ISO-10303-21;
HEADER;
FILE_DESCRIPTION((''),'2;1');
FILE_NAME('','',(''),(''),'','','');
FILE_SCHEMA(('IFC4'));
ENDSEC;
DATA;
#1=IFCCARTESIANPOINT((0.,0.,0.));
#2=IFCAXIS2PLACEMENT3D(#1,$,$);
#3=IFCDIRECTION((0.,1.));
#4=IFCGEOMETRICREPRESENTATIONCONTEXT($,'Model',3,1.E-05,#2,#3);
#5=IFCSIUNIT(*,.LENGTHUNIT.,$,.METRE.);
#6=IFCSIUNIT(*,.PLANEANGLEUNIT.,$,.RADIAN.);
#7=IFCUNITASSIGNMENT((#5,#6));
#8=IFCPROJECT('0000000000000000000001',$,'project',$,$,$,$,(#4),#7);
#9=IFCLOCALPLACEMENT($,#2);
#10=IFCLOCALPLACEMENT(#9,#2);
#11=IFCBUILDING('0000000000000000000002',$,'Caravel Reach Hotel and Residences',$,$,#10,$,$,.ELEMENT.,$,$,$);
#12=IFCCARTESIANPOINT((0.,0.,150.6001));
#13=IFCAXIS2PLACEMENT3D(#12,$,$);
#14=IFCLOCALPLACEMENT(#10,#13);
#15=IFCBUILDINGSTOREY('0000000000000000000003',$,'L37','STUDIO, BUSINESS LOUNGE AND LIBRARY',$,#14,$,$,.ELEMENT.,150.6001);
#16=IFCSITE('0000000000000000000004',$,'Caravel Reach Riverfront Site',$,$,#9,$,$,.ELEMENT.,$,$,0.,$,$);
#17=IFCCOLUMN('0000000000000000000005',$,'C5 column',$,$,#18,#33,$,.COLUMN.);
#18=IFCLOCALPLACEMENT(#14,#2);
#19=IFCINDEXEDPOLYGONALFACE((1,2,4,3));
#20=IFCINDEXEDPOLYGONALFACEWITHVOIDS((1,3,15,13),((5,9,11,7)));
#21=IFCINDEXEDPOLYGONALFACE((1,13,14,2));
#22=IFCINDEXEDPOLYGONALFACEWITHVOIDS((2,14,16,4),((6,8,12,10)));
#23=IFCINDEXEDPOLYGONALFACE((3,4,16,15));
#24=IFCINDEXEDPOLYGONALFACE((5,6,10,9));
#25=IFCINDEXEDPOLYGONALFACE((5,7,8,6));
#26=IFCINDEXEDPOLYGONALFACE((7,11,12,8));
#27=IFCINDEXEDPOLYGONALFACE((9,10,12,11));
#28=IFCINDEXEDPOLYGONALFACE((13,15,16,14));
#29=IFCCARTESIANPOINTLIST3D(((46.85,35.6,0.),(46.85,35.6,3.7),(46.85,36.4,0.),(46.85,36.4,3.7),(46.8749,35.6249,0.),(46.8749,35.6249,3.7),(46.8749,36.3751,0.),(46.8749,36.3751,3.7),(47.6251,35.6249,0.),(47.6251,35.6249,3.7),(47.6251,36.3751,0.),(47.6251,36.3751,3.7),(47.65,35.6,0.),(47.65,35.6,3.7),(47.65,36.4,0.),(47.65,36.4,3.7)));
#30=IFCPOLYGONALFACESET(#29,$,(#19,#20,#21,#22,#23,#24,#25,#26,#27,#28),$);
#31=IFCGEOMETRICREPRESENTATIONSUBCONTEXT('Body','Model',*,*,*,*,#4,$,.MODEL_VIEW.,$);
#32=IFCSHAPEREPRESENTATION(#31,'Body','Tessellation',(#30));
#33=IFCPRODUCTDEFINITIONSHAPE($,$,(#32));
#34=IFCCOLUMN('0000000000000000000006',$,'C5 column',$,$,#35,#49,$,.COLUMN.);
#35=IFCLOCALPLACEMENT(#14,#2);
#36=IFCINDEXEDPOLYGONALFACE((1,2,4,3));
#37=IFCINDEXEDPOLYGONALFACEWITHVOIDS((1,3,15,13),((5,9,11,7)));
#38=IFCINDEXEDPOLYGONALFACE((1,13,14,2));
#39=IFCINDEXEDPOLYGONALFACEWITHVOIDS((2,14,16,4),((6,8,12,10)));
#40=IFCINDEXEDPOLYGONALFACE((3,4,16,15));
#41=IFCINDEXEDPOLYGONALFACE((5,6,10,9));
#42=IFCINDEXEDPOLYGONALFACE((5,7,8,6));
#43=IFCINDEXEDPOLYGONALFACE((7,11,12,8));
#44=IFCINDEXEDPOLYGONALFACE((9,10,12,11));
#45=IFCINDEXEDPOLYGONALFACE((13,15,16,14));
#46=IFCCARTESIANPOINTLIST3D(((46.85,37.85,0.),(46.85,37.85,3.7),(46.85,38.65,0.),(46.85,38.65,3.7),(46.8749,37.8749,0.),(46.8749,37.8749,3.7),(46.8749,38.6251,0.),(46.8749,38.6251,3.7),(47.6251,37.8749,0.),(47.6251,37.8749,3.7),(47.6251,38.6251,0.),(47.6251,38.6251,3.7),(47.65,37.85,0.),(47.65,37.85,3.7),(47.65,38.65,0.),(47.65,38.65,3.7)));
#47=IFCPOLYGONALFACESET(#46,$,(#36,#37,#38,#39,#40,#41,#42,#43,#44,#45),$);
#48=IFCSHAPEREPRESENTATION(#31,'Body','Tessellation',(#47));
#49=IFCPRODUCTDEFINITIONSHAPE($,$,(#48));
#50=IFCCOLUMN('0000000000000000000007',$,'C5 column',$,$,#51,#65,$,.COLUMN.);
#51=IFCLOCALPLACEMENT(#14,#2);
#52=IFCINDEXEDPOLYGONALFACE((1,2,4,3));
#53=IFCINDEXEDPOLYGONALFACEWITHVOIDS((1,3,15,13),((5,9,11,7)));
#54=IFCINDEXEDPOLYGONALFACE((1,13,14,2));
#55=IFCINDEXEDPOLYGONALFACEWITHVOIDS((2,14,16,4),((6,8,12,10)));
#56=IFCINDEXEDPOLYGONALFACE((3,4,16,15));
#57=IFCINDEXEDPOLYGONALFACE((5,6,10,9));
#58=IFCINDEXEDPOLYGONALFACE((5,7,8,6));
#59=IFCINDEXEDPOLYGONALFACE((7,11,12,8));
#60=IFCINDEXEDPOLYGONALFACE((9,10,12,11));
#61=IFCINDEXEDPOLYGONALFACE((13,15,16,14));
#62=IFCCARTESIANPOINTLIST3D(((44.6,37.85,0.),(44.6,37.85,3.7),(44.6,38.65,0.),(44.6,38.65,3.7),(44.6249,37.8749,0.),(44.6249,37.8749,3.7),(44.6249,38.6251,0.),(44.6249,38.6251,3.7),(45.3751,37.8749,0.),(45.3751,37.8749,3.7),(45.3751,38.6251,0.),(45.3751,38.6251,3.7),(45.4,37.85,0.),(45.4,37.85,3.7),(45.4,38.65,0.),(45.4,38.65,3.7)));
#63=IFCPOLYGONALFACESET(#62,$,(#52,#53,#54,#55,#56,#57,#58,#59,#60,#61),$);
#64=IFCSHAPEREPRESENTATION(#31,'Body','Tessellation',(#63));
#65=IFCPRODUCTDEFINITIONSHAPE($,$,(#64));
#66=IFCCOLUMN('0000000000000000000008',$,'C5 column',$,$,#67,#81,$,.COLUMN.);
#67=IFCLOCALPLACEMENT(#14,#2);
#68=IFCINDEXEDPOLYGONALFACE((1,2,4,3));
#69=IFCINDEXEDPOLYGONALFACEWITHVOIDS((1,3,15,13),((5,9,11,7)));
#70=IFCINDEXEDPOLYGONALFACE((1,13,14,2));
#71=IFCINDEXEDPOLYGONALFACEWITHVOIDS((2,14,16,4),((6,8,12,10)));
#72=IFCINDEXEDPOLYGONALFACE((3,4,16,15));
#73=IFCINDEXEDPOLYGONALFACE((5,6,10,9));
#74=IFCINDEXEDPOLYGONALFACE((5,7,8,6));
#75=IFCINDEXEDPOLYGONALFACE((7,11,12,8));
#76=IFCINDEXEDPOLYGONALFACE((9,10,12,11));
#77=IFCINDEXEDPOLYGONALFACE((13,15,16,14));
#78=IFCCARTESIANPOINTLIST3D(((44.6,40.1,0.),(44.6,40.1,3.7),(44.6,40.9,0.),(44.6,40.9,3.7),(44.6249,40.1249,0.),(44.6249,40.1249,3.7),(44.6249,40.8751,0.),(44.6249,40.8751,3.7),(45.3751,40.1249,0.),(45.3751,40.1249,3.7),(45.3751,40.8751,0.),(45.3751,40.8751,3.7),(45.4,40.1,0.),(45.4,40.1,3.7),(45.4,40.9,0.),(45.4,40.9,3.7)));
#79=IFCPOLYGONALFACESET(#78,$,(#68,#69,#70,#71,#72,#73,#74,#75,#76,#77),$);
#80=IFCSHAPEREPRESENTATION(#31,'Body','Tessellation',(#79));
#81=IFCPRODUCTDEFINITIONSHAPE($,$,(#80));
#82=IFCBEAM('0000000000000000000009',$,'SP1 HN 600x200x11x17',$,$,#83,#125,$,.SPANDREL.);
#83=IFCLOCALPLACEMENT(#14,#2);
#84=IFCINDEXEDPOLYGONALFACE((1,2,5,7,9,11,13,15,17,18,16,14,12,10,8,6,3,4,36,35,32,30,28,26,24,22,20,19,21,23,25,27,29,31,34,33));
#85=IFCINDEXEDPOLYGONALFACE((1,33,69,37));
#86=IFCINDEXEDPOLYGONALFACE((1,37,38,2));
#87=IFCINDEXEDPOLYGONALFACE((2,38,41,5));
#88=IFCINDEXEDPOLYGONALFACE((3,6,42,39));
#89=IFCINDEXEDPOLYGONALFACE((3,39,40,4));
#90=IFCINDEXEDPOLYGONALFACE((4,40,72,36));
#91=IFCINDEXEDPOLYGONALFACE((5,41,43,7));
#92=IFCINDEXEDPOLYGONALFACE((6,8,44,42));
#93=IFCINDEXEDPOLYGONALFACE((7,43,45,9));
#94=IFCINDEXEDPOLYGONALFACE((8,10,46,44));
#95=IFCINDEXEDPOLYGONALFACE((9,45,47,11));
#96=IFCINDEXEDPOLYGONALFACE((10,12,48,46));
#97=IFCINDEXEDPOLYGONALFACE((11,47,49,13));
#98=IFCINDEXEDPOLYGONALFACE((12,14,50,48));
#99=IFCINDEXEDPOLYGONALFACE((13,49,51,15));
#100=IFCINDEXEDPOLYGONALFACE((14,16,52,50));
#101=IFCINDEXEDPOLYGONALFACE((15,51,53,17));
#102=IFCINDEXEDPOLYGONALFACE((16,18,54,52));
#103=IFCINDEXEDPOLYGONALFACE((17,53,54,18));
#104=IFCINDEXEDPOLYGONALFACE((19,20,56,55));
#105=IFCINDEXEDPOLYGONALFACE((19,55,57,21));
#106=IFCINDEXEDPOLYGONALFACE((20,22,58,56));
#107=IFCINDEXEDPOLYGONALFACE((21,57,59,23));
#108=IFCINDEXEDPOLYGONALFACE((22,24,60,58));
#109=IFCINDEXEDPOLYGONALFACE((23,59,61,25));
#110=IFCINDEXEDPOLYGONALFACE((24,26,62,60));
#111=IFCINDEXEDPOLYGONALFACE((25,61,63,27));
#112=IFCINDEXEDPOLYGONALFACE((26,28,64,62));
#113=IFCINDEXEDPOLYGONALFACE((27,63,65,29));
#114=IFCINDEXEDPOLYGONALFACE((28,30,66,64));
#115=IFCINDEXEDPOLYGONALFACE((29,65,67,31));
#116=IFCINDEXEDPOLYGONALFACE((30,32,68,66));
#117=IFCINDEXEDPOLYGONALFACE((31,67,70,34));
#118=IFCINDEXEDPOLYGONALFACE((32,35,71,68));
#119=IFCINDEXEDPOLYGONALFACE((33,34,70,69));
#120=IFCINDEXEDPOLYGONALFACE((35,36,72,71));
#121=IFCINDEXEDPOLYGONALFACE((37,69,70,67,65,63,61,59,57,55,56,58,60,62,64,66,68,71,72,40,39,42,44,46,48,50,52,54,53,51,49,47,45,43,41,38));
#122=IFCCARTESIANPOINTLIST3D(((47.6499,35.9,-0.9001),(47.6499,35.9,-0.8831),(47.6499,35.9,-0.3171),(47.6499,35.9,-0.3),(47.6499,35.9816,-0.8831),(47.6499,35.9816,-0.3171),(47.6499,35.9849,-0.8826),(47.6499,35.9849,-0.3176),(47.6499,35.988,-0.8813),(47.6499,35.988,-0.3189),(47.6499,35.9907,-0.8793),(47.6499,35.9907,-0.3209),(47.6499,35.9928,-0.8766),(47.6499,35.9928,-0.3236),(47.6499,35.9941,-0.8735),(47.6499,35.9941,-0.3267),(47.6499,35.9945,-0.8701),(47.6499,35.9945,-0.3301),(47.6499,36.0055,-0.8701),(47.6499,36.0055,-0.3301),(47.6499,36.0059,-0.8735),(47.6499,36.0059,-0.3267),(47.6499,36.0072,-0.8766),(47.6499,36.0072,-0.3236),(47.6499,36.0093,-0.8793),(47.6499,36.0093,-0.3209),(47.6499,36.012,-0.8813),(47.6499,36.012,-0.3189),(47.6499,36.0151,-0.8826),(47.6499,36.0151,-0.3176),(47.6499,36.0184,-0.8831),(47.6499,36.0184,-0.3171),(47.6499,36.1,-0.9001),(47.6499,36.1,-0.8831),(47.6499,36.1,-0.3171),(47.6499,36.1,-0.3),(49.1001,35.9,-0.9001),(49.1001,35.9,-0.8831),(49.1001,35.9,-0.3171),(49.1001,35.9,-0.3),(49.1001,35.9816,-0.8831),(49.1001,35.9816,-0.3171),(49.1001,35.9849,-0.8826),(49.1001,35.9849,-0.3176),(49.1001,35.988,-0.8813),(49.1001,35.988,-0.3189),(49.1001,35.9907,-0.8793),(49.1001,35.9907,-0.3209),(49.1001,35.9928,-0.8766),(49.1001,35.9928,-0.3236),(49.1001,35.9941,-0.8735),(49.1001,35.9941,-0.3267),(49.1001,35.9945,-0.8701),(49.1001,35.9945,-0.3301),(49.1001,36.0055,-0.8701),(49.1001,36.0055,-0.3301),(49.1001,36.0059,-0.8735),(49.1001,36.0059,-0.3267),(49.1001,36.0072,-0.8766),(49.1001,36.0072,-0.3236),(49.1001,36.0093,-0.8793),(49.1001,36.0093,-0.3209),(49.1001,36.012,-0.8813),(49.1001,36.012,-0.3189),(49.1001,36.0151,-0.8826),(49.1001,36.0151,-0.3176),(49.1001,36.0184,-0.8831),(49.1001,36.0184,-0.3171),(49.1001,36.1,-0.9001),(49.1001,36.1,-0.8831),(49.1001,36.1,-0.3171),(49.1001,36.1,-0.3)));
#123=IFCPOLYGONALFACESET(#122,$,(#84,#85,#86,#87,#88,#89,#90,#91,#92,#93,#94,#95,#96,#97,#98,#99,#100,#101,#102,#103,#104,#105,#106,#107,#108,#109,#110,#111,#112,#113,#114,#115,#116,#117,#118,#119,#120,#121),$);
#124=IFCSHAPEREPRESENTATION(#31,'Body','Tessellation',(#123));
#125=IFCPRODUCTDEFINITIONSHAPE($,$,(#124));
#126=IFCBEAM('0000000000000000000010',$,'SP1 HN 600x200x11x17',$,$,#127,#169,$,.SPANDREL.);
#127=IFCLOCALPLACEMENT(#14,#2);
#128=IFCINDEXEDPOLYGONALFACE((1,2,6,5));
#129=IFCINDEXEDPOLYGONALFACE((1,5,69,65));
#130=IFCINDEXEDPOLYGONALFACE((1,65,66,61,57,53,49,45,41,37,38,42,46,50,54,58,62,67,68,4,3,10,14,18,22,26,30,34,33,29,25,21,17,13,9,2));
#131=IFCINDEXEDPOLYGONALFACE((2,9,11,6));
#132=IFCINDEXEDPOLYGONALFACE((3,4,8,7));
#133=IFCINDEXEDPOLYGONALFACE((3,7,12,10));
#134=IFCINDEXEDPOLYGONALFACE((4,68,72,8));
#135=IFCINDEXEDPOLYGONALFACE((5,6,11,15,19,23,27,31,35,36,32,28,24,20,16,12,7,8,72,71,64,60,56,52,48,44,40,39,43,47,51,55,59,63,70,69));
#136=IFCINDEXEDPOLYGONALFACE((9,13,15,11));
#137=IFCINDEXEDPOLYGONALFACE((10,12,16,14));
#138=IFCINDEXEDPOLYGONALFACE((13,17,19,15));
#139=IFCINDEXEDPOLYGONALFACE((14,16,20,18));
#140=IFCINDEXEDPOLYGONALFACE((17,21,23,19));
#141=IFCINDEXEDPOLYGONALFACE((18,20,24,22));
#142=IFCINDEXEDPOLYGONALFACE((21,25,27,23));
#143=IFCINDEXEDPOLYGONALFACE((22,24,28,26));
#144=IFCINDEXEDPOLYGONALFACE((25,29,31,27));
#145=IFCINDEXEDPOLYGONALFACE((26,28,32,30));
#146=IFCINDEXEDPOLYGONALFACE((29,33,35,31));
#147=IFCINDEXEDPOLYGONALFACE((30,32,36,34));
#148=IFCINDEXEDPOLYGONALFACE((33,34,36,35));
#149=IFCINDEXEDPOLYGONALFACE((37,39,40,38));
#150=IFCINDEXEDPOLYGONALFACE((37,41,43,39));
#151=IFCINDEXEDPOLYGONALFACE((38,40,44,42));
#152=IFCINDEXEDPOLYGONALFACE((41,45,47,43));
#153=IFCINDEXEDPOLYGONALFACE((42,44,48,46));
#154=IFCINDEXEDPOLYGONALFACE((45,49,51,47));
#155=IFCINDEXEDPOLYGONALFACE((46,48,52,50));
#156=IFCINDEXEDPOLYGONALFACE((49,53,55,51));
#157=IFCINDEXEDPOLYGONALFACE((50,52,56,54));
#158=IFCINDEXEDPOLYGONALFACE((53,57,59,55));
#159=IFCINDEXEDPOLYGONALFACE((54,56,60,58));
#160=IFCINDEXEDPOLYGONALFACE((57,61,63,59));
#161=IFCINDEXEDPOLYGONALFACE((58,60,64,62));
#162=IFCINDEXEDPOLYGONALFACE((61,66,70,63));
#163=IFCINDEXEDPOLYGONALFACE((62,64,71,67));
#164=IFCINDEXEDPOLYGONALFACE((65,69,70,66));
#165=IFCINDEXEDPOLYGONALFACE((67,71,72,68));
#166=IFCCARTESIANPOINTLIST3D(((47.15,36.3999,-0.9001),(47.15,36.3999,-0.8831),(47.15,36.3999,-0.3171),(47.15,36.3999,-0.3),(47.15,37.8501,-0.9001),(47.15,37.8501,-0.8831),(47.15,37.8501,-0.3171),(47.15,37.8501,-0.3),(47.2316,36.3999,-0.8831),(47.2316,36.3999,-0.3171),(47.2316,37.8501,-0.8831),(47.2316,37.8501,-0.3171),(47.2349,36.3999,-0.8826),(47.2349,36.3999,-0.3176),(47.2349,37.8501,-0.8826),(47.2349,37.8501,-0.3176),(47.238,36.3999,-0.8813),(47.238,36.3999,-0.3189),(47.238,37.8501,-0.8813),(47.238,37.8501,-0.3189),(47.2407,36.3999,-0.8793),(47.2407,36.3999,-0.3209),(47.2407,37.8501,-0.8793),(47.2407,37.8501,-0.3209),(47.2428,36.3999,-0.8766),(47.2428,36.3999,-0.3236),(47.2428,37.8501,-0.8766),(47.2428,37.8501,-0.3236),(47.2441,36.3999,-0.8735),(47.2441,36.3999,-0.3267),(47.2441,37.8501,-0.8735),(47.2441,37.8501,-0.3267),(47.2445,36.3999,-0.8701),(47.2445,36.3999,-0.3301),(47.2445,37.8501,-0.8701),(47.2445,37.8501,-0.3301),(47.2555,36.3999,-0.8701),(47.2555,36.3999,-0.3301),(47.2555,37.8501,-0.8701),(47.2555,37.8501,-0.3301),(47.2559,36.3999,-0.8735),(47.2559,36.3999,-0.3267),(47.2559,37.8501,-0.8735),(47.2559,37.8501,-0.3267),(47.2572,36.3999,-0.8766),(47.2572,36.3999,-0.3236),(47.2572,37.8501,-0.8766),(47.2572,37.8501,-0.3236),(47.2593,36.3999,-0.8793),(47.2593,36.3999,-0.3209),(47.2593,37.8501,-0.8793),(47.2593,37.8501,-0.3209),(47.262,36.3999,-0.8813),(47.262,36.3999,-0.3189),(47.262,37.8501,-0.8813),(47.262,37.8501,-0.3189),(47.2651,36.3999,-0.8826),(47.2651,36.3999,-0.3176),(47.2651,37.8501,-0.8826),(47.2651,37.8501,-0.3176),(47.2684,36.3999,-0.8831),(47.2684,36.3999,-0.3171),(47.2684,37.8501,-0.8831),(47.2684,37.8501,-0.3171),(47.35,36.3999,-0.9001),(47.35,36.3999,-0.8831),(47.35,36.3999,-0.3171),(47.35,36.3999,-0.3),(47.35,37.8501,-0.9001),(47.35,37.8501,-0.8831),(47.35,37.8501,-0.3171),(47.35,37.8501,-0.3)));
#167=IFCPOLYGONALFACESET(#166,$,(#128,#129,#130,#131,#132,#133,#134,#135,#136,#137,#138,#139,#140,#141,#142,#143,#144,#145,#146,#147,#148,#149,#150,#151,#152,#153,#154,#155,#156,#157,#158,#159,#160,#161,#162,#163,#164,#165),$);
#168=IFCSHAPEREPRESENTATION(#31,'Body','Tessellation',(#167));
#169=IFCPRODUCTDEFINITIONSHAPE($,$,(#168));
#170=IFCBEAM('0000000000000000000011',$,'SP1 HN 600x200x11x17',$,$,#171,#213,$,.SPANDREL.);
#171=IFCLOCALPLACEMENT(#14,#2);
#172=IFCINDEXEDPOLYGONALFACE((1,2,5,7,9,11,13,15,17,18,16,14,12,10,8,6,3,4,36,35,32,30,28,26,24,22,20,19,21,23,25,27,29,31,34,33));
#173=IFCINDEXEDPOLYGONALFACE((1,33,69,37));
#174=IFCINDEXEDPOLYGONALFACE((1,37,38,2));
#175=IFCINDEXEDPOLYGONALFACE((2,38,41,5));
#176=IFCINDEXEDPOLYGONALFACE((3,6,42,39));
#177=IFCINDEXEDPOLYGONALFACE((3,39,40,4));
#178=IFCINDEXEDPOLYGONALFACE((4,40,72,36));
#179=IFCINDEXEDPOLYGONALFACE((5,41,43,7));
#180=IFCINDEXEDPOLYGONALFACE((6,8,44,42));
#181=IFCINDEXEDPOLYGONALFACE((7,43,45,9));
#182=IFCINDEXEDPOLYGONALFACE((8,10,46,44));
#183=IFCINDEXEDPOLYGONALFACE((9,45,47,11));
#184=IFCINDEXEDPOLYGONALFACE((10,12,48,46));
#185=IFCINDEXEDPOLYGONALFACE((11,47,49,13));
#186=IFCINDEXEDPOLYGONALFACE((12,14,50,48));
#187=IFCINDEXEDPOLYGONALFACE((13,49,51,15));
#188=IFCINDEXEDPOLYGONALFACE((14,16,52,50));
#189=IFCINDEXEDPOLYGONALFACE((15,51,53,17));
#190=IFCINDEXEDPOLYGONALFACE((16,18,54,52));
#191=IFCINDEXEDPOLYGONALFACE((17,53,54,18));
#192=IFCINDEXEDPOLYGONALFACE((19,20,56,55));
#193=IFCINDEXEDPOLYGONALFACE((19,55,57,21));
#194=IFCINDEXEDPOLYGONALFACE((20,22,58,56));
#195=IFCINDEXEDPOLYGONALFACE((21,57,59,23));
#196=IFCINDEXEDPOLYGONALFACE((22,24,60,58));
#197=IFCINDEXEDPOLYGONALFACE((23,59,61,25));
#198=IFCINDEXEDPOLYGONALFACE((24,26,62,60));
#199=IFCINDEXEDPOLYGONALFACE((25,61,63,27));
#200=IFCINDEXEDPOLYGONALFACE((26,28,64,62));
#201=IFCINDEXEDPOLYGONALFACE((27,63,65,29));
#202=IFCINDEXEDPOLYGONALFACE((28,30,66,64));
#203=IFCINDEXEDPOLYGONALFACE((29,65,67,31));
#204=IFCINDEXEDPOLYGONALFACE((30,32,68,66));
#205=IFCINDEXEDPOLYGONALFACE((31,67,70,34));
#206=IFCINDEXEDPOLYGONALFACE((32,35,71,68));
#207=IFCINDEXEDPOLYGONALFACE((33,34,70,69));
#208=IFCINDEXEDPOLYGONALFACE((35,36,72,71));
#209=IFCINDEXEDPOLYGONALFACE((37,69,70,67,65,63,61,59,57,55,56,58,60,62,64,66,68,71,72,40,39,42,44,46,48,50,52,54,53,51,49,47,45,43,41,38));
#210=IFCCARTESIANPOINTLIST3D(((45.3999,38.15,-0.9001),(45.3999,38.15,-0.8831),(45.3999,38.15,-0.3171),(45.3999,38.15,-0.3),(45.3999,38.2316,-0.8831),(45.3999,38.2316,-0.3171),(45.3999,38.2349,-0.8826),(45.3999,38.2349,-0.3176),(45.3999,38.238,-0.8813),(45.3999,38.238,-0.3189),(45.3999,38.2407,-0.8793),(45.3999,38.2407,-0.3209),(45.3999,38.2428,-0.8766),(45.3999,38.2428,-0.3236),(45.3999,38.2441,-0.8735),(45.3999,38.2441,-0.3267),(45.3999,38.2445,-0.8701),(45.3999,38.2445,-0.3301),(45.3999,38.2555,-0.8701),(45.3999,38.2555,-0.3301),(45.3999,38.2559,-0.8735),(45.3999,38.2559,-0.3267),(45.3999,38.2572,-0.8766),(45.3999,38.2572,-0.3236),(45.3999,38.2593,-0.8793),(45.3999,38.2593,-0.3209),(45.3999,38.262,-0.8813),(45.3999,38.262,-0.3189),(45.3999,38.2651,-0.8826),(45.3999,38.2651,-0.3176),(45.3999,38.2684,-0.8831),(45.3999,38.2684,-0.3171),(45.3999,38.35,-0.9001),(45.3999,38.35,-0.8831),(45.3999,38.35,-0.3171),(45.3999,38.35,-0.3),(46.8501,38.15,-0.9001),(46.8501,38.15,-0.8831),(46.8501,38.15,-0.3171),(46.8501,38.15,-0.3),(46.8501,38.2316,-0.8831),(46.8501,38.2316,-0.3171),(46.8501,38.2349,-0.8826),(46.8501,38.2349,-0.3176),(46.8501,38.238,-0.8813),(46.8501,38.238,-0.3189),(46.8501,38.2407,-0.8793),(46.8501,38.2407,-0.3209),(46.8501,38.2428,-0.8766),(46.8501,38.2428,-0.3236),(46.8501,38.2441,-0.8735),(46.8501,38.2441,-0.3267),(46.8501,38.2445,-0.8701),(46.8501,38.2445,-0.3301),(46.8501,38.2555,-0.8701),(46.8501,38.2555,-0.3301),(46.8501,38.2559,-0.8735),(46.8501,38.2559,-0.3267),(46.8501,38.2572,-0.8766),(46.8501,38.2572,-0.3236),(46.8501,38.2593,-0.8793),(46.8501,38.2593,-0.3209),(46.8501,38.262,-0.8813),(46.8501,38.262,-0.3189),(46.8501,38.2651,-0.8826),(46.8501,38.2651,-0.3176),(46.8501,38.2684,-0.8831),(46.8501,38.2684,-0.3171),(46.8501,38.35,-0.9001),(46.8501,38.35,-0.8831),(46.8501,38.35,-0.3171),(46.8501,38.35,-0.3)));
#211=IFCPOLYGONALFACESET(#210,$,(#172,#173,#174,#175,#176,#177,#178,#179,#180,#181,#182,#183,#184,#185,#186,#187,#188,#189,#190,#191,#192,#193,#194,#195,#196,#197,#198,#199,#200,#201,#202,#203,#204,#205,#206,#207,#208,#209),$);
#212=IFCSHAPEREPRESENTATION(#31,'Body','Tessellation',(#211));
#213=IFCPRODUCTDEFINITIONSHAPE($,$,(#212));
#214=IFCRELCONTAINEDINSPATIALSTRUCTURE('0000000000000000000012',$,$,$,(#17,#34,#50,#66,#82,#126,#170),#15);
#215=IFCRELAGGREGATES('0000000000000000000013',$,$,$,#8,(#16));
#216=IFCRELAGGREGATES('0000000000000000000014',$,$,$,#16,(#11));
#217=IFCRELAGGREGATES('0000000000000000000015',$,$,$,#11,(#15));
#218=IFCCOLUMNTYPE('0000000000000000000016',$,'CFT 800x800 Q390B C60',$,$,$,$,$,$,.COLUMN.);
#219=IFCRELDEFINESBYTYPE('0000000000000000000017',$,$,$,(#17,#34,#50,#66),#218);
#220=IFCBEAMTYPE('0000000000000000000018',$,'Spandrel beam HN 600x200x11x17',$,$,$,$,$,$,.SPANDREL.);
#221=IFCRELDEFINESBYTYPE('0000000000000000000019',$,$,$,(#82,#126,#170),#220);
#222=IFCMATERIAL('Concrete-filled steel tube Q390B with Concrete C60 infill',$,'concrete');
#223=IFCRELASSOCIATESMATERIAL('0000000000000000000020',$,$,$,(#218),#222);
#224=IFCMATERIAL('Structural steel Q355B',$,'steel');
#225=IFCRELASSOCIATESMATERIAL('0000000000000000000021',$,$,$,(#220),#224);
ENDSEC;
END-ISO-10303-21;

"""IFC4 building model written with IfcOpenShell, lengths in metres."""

from ifc_helpers import new_model, si_unit, direction, frame, origin, origin_2d, place, context, subcontext, project, spatial, hollow_rectangle, i_section, extrude, material, material_profile, profile_set, type_object, element, save


model = new_model("IFC4")

# Units and contexts
model_context = context("Model", 3, precision=1e-05, world=origin(), true_north=direction((0.0, 1.0)))
body_context = subcontext(model_context, "Body", "Model", "MODEL_VIEW")
ifc_project = project(units=[si_unit("LENGTHUNIT", "METRE"), si_unit("PLANEANGLEUNIT", "RADIAN")], contexts=[model_context])

# Site, building, storey
site_placement = place(None, origin())
site = spatial("IfcSite", under=ifc_project, at=site_placement, Name="Caravel Reach Riverfront Site", CompositionType="ELEMENT", RefElevation=0.0)
building_placement = place(site_placement, origin())
building = spatial("IfcBuilding", under=site, at=building_placement, Name="Caravel Reach Hotel and Residences", CompositionType="ELEMENT")
storey_placement = place(building_placement, frame((0.0, 0.0, 150.6001)))
storey = spatial("IfcBuildingStorey", under=building, at=storey_placement, Name="L37", Description="STUDIO, BUSINESS LOUNGE AND LIBRARY", CompositionType="ELEMENT", Elevation=150.6001)

# Columns
ifc_material_1 = material(Name="Concrete-filled steel tube Q390B with Concrete C60 infill", Category="concrete")
ifc_material_profile_1 = material_profile(ifc_material_1, hollow_rectangle(XDim=0.8, YDim=0.8, WallThickness=0.0249, at=origin_2d()), Name="RHS 800x800x25")
ifc_profile_set_1 = profile_set([ifc_material_profile_1], Name="Concrete-filled steel tube Q390B with Concrete C60 infill")
column_type = type_object("IfcColumnType", Name="CFT 800x800 Q390B C60", PredefinedType="COLUMN", material=ifc_profile_set_1)
for number, where, z_axis, x_axis, name in (
    (1, (47.25, 36.0, 0.0), (0.0, 0.0, 1.0), (1.0, 0.0, 0.0), "C5 column"),
    (2, (47.25, 38.25, 0.0), (0.0, 0.0, 1.0), (1.0, 0.0, 0.0), "C5 column"),
    (3, (45.0, 38.25, 0.0), (0.0, 0.0, 1.0), (1.0, 0.0, 0.0), "C5 column"),
    (4, (45.0, 40.5, 0.0), (0.0, 0.0, 1.0), (1.0, 0.0, 0.0), "C5 column"),
):
    element("IfcColumn", number, at=place(storey_placement, frame(where, z_axis=z_axis, x_axis=x_axis)), inside=storey, type_object=column_type, Name=name, PredefinedType="COLUMN", context=body_context, shape_type="SweptSolid", body=[
        extrude(hollow_rectangle(XDim=0.8, YDim=0.8, WallThickness=0.0249, at=origin_2d()), origin(), (0.0, 0.0, 1.0), 3.7),
    ])

# Beams
ifc_material_2 = material(Name="Structural steel Q355B", Category="steel")
ifc_material_profile_2 = material_profile(ifc_material_2, i_section(OverallWidth=0.2, OverallDepth=0.6001, WebThickness=0.011, FlangeThickness=0.0171, FilletRadius=0.0129, at=origin_2d()), Name="HN 600x200x11x17")
ifc_profile_set_2 = profile_set([ifc_material_profile_2], Name="Structural steel Q355B")
beam_type = type_object("IfcBeamType", Name="Spandrel beam HN 600x200x11x17", PredefinedType="SPANDREL", material=ifc_profile_set_2)
for number, where, z_axis, x_axis, name in (
    (5, (49.1001, 36.0, -0.6001), (-1.0, 0.0, 0.0), (0.0, -1.0, 0.0), "SP1 HN 600x200x11x17"),
    (6, (47.25, 36.3999, -0.6001), (0.0, 1.0, 0.0), (-1.0, 0.0, 0.0), "SP1 HN 600x200x11x17"),
    (7, (46.8501, 38.25, -0.6001), (-1.0, 0.0, 0.0), (0.0, -1.0, 0.0), "SP1 HN 600x200x11x17"),
):
    element("IfcBeam", number, at=place(storey_placement, frame(where, z_axis=z_axis, x_axis=x_axis)), inside=storey, type_object=beam_type, Name=name, PredefinedType="SPANDREL", context=body_context, shape_type="SweptSolid", body=[
        extrude(i_section(OverallWidth=0.2, OverallDepth=0.6001, WebThickness=0.011, FlangeThickness=0.0171, FilletRadius=0.0129, at=origin_2d()), origin(), (0.0, 0.0, 1.0), 1.4502),
    ])

save(model, "model.ifc")
